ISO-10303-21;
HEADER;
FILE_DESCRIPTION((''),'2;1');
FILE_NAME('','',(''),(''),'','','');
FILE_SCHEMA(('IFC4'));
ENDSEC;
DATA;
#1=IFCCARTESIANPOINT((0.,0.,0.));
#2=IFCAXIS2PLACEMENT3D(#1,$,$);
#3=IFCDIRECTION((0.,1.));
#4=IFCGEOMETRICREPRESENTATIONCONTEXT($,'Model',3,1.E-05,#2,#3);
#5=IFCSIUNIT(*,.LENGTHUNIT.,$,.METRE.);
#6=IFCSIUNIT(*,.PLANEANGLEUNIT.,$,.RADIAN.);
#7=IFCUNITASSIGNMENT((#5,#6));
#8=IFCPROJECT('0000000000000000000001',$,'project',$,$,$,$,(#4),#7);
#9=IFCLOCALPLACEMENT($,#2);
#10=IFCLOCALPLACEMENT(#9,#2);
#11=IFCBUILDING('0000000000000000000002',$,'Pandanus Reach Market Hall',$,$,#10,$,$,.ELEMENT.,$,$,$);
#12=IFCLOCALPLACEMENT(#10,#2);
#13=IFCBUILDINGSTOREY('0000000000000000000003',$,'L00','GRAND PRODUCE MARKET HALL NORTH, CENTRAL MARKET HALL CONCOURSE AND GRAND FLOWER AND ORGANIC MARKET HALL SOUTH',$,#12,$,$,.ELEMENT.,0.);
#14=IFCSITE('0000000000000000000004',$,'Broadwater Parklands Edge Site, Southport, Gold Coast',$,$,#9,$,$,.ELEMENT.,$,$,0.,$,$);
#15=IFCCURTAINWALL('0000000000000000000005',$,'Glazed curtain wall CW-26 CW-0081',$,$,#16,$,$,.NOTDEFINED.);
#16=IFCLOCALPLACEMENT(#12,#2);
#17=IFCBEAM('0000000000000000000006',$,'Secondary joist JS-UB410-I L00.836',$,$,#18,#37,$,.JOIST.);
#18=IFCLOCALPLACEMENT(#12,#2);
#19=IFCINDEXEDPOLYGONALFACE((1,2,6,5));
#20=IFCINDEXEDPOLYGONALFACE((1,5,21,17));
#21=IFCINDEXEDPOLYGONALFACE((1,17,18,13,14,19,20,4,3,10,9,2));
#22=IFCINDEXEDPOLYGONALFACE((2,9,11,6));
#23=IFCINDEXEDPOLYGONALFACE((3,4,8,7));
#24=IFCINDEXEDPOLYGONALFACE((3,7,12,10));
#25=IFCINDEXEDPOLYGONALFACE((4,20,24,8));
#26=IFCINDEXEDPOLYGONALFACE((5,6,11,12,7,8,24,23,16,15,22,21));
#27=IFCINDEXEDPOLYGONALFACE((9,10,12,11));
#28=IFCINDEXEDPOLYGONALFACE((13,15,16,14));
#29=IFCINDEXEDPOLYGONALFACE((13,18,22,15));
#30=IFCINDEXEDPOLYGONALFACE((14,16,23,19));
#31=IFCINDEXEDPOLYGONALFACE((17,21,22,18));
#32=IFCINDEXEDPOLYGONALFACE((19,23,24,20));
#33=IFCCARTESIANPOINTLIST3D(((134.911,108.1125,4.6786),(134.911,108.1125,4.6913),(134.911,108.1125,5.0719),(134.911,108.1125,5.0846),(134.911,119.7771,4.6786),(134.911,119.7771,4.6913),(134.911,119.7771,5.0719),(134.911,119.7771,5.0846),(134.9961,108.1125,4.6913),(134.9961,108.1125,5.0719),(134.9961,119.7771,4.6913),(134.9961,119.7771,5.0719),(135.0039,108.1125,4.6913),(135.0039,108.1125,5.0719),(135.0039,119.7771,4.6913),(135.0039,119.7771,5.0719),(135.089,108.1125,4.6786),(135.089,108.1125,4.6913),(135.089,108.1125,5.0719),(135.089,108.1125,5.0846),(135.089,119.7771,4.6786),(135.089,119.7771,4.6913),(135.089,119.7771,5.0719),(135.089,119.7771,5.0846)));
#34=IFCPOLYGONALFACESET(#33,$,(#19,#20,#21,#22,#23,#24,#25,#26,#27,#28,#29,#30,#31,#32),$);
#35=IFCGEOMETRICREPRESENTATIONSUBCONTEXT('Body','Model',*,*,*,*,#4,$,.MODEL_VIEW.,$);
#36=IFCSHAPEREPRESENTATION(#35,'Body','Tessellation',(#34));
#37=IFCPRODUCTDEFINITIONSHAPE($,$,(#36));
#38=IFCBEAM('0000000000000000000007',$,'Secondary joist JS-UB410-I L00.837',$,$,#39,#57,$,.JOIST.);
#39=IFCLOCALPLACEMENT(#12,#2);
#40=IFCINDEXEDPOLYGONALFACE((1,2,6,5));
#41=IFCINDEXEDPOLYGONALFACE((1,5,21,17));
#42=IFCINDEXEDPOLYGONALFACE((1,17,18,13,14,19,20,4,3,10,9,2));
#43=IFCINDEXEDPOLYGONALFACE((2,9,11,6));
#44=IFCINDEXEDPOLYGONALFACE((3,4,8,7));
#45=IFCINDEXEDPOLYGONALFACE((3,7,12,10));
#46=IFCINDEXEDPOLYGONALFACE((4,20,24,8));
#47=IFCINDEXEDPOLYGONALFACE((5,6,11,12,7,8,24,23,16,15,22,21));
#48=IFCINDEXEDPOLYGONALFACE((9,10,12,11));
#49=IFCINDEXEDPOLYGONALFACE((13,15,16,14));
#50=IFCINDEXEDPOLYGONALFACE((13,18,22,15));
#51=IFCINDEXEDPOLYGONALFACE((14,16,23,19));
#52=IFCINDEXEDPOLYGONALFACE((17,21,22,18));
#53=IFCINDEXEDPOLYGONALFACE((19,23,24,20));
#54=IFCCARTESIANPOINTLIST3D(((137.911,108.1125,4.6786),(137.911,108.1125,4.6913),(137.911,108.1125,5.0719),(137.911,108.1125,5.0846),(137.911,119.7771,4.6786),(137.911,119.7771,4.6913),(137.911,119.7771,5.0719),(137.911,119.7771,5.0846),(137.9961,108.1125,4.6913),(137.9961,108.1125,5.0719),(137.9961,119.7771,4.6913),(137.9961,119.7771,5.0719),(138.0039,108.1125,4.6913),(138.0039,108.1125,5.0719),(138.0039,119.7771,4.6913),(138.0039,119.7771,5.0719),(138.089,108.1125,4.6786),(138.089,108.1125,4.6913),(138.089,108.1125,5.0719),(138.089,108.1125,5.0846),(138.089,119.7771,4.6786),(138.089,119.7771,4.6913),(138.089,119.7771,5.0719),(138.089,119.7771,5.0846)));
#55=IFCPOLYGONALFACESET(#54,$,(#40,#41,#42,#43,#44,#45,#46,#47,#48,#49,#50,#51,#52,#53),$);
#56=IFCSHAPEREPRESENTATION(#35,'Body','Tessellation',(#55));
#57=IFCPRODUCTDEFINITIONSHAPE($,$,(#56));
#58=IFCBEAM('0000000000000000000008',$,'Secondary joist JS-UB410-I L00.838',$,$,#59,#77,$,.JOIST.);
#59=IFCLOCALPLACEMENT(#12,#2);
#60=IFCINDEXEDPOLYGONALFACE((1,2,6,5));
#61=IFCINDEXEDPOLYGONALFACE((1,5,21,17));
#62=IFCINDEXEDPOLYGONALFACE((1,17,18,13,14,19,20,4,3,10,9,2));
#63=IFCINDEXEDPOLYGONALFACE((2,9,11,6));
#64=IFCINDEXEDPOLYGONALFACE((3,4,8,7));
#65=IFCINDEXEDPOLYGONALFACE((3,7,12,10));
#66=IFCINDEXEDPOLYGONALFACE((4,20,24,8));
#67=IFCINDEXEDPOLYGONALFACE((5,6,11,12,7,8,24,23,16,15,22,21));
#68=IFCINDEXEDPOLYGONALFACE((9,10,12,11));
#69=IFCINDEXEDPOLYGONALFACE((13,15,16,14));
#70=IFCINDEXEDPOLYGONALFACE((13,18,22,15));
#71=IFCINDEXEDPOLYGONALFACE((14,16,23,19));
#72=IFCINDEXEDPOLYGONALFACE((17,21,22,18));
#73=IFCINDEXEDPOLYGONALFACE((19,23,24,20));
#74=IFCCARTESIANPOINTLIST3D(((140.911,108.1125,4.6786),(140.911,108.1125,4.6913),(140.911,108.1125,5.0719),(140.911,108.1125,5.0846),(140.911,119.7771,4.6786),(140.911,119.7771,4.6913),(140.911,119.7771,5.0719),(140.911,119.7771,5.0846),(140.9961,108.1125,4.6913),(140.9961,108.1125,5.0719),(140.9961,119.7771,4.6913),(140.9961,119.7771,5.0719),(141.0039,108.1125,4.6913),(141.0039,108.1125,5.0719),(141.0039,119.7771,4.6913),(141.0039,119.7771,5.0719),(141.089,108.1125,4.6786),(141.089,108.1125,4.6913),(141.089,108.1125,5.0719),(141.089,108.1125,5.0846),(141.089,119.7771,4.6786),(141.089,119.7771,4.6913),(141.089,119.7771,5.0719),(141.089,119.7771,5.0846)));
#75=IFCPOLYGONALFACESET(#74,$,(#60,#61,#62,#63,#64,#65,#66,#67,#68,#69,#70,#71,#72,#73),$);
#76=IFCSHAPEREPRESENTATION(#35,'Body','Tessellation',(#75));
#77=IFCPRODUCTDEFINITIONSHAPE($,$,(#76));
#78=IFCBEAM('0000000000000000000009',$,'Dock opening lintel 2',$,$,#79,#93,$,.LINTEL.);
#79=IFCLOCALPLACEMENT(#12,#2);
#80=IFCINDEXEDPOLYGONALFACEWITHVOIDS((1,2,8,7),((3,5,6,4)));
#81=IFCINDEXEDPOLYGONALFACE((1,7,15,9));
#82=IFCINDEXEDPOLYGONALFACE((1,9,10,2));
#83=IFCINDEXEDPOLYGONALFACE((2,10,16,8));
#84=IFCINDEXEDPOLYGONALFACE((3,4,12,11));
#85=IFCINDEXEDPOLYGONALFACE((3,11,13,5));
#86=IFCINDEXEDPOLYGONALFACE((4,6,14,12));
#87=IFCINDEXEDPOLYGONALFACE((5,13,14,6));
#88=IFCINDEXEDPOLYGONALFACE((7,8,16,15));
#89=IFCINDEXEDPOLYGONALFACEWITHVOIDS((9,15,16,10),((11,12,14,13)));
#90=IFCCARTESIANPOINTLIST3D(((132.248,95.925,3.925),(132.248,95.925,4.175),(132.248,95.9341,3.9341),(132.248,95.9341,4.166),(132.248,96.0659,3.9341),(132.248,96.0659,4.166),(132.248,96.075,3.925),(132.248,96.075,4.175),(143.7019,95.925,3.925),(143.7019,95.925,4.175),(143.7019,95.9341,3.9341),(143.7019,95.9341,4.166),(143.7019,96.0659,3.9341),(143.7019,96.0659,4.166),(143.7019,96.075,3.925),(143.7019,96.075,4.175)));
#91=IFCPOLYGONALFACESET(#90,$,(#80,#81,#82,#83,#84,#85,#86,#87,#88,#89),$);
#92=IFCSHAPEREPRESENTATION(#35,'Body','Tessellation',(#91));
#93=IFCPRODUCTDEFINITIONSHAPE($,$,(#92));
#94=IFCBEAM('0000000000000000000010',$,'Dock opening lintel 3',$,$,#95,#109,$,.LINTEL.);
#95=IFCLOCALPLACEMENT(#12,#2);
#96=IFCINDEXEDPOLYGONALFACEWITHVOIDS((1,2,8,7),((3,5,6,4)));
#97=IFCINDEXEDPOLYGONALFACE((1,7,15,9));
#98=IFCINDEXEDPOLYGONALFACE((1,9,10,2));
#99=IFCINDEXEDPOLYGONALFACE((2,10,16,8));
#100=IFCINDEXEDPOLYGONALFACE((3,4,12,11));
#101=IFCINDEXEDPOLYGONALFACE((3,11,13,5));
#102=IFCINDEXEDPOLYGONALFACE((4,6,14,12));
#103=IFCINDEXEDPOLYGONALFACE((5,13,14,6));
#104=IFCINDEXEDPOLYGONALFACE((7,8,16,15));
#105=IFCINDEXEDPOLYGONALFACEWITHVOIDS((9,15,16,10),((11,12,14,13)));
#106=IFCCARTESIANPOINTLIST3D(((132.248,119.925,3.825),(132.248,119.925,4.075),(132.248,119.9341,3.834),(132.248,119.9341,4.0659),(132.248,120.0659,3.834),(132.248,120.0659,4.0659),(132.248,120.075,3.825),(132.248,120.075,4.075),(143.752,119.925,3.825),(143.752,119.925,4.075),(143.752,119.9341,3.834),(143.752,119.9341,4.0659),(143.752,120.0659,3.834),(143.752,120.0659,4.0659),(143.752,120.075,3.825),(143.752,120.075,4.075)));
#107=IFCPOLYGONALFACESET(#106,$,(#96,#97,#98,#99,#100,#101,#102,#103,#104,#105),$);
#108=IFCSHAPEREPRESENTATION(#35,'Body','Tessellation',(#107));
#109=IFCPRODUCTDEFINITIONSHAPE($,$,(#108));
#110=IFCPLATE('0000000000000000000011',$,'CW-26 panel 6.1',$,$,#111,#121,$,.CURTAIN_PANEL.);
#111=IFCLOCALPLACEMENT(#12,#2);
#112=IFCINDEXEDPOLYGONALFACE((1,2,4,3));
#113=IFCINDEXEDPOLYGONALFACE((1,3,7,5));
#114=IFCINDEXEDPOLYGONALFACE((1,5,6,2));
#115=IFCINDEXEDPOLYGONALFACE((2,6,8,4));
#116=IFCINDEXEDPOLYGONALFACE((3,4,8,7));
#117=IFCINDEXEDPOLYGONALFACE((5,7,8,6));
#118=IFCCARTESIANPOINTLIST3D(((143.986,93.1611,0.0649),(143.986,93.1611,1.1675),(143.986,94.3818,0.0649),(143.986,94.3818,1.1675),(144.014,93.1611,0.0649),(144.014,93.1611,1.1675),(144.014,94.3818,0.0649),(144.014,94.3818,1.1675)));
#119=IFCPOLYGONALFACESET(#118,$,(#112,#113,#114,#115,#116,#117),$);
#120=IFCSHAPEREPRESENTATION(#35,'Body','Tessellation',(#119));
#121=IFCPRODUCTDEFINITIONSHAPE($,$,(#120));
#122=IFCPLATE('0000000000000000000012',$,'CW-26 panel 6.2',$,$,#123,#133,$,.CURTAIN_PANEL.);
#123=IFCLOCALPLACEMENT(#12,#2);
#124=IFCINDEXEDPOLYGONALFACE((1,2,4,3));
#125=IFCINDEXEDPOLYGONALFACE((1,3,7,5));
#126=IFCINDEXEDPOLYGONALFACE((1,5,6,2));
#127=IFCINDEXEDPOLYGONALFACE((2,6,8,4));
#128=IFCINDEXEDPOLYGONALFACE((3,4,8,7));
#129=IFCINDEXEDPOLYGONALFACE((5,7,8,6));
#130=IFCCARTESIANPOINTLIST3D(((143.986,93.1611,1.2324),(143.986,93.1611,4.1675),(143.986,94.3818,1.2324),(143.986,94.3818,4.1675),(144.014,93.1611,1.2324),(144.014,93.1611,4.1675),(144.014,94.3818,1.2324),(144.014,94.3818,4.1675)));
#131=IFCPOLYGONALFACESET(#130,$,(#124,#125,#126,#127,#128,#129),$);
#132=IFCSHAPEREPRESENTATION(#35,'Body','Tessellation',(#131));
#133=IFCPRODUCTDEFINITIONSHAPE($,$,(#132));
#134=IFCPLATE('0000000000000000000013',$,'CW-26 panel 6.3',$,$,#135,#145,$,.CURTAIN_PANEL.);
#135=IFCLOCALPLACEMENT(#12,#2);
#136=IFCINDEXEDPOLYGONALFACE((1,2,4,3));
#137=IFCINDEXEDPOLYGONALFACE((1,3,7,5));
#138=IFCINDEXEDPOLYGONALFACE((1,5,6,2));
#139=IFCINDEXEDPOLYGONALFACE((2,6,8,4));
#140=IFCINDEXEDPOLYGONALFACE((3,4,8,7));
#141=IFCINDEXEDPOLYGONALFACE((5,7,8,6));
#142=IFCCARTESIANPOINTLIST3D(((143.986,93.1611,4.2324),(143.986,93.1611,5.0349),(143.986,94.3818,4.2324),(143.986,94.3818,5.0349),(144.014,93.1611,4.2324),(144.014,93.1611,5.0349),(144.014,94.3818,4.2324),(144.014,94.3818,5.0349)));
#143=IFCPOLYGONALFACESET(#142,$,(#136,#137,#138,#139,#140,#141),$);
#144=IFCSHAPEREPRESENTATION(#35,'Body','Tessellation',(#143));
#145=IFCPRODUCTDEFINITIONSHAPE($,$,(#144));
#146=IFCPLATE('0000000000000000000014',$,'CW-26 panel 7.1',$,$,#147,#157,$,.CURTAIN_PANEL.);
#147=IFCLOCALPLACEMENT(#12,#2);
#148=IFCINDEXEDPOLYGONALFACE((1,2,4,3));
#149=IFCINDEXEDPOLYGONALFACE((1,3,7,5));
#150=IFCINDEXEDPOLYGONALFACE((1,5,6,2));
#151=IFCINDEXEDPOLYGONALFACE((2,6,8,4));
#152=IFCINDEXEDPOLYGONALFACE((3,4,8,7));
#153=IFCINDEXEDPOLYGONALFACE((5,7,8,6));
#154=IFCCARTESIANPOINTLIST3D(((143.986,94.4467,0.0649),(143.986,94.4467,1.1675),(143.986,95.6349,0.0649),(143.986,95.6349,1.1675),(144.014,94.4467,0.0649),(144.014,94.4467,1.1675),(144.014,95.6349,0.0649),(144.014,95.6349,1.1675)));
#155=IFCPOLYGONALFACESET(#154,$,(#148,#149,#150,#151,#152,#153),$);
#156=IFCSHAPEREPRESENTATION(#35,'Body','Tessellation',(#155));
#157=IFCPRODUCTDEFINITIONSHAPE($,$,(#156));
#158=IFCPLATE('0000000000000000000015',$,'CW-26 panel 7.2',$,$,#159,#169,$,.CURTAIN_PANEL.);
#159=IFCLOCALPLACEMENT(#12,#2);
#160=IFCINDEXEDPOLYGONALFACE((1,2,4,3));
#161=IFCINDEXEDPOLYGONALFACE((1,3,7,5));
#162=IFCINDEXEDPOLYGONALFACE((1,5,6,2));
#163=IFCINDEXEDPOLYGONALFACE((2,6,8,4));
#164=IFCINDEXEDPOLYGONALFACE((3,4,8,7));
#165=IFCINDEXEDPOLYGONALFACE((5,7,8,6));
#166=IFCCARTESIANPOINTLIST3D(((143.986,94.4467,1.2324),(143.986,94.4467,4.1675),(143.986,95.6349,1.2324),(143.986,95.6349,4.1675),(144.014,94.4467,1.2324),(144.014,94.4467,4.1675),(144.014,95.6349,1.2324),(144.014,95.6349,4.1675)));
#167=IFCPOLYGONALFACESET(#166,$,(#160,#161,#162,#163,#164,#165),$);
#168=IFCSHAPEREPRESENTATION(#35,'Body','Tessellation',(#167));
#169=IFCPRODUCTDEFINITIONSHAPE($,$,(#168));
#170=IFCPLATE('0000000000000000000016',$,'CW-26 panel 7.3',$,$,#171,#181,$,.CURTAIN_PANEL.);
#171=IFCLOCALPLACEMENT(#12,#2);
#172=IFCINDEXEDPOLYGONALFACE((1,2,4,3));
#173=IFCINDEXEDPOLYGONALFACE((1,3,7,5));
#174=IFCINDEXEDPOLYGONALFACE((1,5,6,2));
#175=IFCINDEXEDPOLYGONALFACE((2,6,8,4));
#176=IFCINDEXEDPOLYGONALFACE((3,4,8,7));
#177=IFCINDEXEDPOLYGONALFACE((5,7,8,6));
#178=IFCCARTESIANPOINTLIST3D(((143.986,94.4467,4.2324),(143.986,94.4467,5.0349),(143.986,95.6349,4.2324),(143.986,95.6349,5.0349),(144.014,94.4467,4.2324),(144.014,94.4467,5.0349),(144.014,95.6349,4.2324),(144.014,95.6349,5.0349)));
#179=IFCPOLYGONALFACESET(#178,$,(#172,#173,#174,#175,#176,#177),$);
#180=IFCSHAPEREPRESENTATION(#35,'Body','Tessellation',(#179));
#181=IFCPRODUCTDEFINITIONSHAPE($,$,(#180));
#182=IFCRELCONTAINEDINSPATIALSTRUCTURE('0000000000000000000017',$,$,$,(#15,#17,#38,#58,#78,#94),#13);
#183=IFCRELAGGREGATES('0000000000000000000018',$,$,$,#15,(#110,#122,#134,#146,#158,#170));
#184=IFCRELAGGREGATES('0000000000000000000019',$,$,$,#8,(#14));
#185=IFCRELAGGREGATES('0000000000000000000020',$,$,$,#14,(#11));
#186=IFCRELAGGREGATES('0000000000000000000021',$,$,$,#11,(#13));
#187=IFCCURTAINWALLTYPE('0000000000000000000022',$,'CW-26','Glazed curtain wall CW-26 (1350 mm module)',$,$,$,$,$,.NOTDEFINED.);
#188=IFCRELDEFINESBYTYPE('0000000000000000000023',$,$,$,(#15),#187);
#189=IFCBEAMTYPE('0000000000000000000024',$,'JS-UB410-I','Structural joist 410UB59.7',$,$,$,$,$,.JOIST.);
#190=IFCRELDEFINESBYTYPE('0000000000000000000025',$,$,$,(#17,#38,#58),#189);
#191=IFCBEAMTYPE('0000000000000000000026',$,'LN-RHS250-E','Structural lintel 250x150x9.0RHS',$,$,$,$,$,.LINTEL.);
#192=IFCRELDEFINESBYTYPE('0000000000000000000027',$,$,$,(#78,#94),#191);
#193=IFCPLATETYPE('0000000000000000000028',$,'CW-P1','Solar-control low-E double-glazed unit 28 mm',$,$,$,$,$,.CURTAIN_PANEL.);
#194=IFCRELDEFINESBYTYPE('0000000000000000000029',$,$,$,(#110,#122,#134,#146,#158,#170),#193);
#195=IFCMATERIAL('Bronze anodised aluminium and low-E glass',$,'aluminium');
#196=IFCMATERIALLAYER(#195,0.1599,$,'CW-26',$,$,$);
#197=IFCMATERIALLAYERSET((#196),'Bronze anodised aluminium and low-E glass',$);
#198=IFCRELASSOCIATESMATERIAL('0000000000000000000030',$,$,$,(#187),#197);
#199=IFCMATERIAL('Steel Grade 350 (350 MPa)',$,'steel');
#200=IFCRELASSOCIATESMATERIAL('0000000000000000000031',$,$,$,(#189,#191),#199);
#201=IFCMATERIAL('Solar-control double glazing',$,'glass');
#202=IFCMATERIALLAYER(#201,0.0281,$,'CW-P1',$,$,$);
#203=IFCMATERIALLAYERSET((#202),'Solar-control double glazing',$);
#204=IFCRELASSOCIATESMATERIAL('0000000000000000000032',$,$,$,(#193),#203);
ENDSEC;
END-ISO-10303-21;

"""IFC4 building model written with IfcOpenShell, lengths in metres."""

from ifc_helpers import new_model, si_unit, direction, frame, origin, origin_2d, place, context, subcontext, project, spatial, rectangle, hollow_rectangle, i_section, extrude, material, layer, layer_set, material_profile, profile_set, type_object, element, aggregate, save


model = new_model("IFC4")

# Units and contexts
model_context = context("Model", 3, precision=1e-05, world=origin(), true_north=direction((0.0, 1.0)))
body_context = subcontext(model_context, "Body", "Model", "MODEL_VIEW")
ifc_project = project(units=[si_unit("LENGTHUNIT", "METRE"), si_unit("PLANEANGLEUNIT", "RADIAN")], contexts=[model_context])

# Site, building, storey
site_placement = place(None, origin())
site = spatial("IfcSite", under=ifc_project, at=site_placement, Name="Broadwater Parklands Edge Site, Southport, Gold Coast", CompositionType="ELEMENT", RefElevation=0.0)
building_placement = place(site_placement, origin())
building = spatial("IfcBuilding", under=site, at=building_placement, Name="Pandanus Reach Market Hall", CompositionType="ELEMENT")
storey_placement = place(building_placement, origin())
storey = spatial("IfcBuildingStorey", under=building, at=storey_placement, Name="L00", Description="GRAND PRODUCE MARKET HALL NORTH, CENTRAL MARKET HALL CONCOURSE AND GRAND FLOWER AND ORGANIC MARKET HALL SOUTH", CompositionType="ELEMENT", Elevation=0.0)

# Shared definitions
ifc_material_1 = material(Name="Steel Grade 350 (350 MPa)", Category="steel")

# Curtain wall
ifc_material_2 = material(Name="Bronze anodised aluminium and low-E glass", Category="aluminium")
ifc_layer_1 = layer(ifc_material_2, 0.1599, Name="CW-26")
ifc_layer_set_1 = layer_set([ifc_layer_1], Name="Bronze anodised aluminium and low-E glass")
curtain_wall_type = type_object("IfcCurtainWallType", Name="CW-26", Description="Glazed curtain wall CW-26 (1350 mm module)", PredefinedType="NOTDEFINED", material=ifc_layer_set_1)
curtain_wall_placement = place(storey_placement, origin())
curtain_wall = element("IfcCurtainWall", 1, at=curtain_wall_placement, inside=storey, type_object=curtain_wall_type, Name="Glazed curtain wall CW-26 CW-0081", PredefinedType="NOTDEFINED")

# Beams
ifc_material_profile_1 = material_profile(ifc_material_1, i_section(OverallWidth=0.178, OverallDepth=0.406, WebThickness=0.0078, FlangeThickness=0.0127, at=origin_2d()), Name="410UB59.7", Category="LoadBearing")
ifc_profile_set_1 = profile_set([ifc_material_profile_1], Name="Steel Grade 350 (350 MPa)")
beam_type_1 = type_object("IfcBeamType", Name="JS-UB410-I", Description="Structural joist 410UB59.7", PredefinedType="JOIST", material=ifc_profile_set_1)
for number, where, z_axis, x_axis, name in (
    (2, (135.0, 108.1125, 4.8816), (0.0, 1.0, 0.0), (-1.0, 0.0, 0.0), "Secondary joist JS-UB410-I L00.836"),
    (3, (138.0, 108.1125, 4.8816), (0.0, 1.0, 0.0), (-1.0, 0.0, 0.0), "Secondary joist JS-UB410-I L00.837"),
    (4, (141.0, 108.1125, 4.8816), (0.0, 1.0, 0.0), (-1.0, 0.0, 0.0), "Secondary joist JS-UB410-I L00.838"),
):
    element("IfcBeam", number, at=place(storey_placement, frame(where, z_axis=z_axis, x_axis=x_axis)), inside=storey, type_object=beam_type_1, Name=name, PredefinedType="JOIST", context=body_context, shape_type="SweptSolid", body=[
        extrude(i_section(OverallWidth=0.178, OverallDepth=0.406, WebThickness=0.0078, FlangeThickness=0.0127, at=origin_2d()), origin(), (0.0, 0.0, 1.0), 11.6646),
    ])
ifc_material_profile_2 = material_profile(ifc_material_1, hollow_rectangle(XDim=0.1499, YDim=0.25, WallThickness=0.009, at=origin_2d()), Name="250x150x9.0RHS", Category="LoadBearing")
ifc_profile_set_2 = profile_set([ifc_material_profile_2], Name="Steel Grade 350 (350 MPa)")
beam_type_2 = type_object("IfcBeamType", Name="LN-RHS250-E", Description="Structural lintel 250x150x9.0RHS", PredefinedType="LINTEL", material=ifc_profile_set_2)
beam_1_placement = place(storey_placement, frame((132.248, 96.0, 4.05), z_axis=(1.0, 0.0, 0.0), x_axis=(0.0, 1.0, 0.0)))
element("IfcBeam", 5, at=beam_1_placement, inside=storey, type_object=beam_type_2, Name="Dock opening lintel 2", PredefinedType="LINTEL", context=body_context, shape_type="SweptSolid", body=[
    extrude(hollow_rectangle(XDim=0.1499, YDim=0.25, WallThickness=0.009, at=origin_2d()), origin(), (0.0, 0.0, 1.0), 11.4539),
])
beam_2_placement = place(storey_placement, frame((132.248, 120.0, 3.95), z_axis=(1.0, 0.0, 0.0), x_axis=(0.0, 1.0, 0.0)))
element("IfcBeam", 6, at=beam_2_placement, inside=storey, type_object=beam_type_2, Name="Dock opening lintel 3", PredefinedType="LINTEL", context=body_context, shape_type="SweptSolid", body=[
    extrude(hollow_rectangle(XDim=0.1499, YDim=0.25, WallThickness=0.009, at=origin_2d()), origin(), (0.0, 0.0, 1.0), 11.5039),
])

# Plates
ifc_material_3 = material(Name="Solar-control double glazing", Category="glass")
ifc_layer_2 = layer(ifc_material_3, 0.0281, Name="CW-P1")
ifc_layer_set_2 = layer_set([ifc_layer_2], Name="Solar-control double glazing")
plate_type = type_object("IfcPlateType", Name="CW-P1", Description="Solar-control low-E double-glazed unit 28 mm", PredefinedType="CURTAIN_PANEL", material=ifc_layer_set_2)
plate_1_placement = place(storey_placement, frame((144.0, 93.7715, 0.0649), z_axis=(0.0, 0.0, 1.0), x_axis=(0.0, 1.0, 0.0)))
plate_1 = element("IfcPlate", 7, at=plate_1_placement, type_object=plate_type, Name="CW-26 panel 6.1", PredefinedType="CURTAIN_PANEL", context=body_context, shape_type="SweptSolid", body=[
    extrude(rectangle(XDim=1.2207, YDim=0.0281, at=origin_2d()), origin(), (0.0, 0.0, 1.0), 1.1025),
])
plate_2_placement = place(storey_placement, frame((144.0, 93.7715, 1.2324), z_axis=(0.0, 0.0, 1.0), x_axis=(0.0, 1.0, 0.0)))
plate_2 = element("IfcPlate", 8, at=plate_2_placement, type_object=plate_type, Name="CW-26 panel 6.2", PredefinedType="CURTAIN_PANEL", context=body_context, shape_type="SweptSolid", body=[
    extrude(rectangle(XDim=1.2207, YDim=0.0281, at=origin_2d()), origin(), (0.0, 0.0, 1.0), 2.9351),
])
plate_3_placement = place(storey_placement, frame((144.0, 93.7715, 4.2324), z_axis=(0.0, 0.0, 1.0), x_axis=(0.0, 1.0, 0.0)))
plate_3 = element("IfcPlate", 9, at=plate_3_placement, type_object=plate_type, Name="CW-26 panel 6.3", PredefinedType="CURTAIN_PANEL", context=body_context, shape_type="SweptSolid", body=[
    extrude(rectangle(XDim=1.2207, YDim=0.0281, at=origin_2d()), origin(), (0.0, 0.0, 1.0), 0.8025),
])
plate_4_placement = place(storey_placement, frame((144.0, 95.0408, 0.0649), z_axis=(0.0, 0.0, 1.0), x_axis=(0.0, 1.0, 0.0)))
plate_4 = element("IfcPlate", 10, at=plate_4_placement, type_object=plate_type, Name="CW-26 panel 7.1", PredefinedType="CURTAIN_PANEL", context=body_context, shape_type="SweptSolid", body=[
    extrude(rectangle(XDim=1.1882, YDim=0.0281, at=origin_2d()), origin(), (0.0, 0.0, 1.0), 1.1025),
])
plate_5_placement = place(storey_placement, frame((144.0, 95.0408, 1.2324), z_axis=(0.0, 0.0, 1.0), x_axis=(0.0, 1.0, 0.0)))
plate_5 = element("IfcPlate", 11, at=plate_5_placement, type_object=plate_type, Name="CW-26 panel 7.2", PredefinedType="CURTAIN_PANEL", context=body_context, shape_type="SweptSolid", body=[
    extrude(rectangle(XDim=1.1882, YDim=0.0281, at=origin_2d()), origin(), (0.0, 0.0, 1.0), 2.9351),
])
plate_6_placement = place(storey_placement, frame((144.0, 95.0408, 4.2324), z_axis=(0.0, 0.0, 1.0), x_axis=(0.0, 1.0, 0.0)))
plate_6 = element("IfcPlate", 12, at=plate_6_placement, type_object=plate_type, Name="CW-26 panel 7.3", PredefinedType="CURTAIN_PANEL", context=body_context, shape_type="SweptSolid", body=[
    extrude(rectangle(XDim=1.1882, YDim=0.0281, at=origin_2d()), origin(), (0.0, 0.0, 1.0), 0.8025),
])
aggregate(curtain_wall, [plate_1, plate_2, plate_3, plate_4, plate_5, plate_6])

save(model, "model.ifc")
